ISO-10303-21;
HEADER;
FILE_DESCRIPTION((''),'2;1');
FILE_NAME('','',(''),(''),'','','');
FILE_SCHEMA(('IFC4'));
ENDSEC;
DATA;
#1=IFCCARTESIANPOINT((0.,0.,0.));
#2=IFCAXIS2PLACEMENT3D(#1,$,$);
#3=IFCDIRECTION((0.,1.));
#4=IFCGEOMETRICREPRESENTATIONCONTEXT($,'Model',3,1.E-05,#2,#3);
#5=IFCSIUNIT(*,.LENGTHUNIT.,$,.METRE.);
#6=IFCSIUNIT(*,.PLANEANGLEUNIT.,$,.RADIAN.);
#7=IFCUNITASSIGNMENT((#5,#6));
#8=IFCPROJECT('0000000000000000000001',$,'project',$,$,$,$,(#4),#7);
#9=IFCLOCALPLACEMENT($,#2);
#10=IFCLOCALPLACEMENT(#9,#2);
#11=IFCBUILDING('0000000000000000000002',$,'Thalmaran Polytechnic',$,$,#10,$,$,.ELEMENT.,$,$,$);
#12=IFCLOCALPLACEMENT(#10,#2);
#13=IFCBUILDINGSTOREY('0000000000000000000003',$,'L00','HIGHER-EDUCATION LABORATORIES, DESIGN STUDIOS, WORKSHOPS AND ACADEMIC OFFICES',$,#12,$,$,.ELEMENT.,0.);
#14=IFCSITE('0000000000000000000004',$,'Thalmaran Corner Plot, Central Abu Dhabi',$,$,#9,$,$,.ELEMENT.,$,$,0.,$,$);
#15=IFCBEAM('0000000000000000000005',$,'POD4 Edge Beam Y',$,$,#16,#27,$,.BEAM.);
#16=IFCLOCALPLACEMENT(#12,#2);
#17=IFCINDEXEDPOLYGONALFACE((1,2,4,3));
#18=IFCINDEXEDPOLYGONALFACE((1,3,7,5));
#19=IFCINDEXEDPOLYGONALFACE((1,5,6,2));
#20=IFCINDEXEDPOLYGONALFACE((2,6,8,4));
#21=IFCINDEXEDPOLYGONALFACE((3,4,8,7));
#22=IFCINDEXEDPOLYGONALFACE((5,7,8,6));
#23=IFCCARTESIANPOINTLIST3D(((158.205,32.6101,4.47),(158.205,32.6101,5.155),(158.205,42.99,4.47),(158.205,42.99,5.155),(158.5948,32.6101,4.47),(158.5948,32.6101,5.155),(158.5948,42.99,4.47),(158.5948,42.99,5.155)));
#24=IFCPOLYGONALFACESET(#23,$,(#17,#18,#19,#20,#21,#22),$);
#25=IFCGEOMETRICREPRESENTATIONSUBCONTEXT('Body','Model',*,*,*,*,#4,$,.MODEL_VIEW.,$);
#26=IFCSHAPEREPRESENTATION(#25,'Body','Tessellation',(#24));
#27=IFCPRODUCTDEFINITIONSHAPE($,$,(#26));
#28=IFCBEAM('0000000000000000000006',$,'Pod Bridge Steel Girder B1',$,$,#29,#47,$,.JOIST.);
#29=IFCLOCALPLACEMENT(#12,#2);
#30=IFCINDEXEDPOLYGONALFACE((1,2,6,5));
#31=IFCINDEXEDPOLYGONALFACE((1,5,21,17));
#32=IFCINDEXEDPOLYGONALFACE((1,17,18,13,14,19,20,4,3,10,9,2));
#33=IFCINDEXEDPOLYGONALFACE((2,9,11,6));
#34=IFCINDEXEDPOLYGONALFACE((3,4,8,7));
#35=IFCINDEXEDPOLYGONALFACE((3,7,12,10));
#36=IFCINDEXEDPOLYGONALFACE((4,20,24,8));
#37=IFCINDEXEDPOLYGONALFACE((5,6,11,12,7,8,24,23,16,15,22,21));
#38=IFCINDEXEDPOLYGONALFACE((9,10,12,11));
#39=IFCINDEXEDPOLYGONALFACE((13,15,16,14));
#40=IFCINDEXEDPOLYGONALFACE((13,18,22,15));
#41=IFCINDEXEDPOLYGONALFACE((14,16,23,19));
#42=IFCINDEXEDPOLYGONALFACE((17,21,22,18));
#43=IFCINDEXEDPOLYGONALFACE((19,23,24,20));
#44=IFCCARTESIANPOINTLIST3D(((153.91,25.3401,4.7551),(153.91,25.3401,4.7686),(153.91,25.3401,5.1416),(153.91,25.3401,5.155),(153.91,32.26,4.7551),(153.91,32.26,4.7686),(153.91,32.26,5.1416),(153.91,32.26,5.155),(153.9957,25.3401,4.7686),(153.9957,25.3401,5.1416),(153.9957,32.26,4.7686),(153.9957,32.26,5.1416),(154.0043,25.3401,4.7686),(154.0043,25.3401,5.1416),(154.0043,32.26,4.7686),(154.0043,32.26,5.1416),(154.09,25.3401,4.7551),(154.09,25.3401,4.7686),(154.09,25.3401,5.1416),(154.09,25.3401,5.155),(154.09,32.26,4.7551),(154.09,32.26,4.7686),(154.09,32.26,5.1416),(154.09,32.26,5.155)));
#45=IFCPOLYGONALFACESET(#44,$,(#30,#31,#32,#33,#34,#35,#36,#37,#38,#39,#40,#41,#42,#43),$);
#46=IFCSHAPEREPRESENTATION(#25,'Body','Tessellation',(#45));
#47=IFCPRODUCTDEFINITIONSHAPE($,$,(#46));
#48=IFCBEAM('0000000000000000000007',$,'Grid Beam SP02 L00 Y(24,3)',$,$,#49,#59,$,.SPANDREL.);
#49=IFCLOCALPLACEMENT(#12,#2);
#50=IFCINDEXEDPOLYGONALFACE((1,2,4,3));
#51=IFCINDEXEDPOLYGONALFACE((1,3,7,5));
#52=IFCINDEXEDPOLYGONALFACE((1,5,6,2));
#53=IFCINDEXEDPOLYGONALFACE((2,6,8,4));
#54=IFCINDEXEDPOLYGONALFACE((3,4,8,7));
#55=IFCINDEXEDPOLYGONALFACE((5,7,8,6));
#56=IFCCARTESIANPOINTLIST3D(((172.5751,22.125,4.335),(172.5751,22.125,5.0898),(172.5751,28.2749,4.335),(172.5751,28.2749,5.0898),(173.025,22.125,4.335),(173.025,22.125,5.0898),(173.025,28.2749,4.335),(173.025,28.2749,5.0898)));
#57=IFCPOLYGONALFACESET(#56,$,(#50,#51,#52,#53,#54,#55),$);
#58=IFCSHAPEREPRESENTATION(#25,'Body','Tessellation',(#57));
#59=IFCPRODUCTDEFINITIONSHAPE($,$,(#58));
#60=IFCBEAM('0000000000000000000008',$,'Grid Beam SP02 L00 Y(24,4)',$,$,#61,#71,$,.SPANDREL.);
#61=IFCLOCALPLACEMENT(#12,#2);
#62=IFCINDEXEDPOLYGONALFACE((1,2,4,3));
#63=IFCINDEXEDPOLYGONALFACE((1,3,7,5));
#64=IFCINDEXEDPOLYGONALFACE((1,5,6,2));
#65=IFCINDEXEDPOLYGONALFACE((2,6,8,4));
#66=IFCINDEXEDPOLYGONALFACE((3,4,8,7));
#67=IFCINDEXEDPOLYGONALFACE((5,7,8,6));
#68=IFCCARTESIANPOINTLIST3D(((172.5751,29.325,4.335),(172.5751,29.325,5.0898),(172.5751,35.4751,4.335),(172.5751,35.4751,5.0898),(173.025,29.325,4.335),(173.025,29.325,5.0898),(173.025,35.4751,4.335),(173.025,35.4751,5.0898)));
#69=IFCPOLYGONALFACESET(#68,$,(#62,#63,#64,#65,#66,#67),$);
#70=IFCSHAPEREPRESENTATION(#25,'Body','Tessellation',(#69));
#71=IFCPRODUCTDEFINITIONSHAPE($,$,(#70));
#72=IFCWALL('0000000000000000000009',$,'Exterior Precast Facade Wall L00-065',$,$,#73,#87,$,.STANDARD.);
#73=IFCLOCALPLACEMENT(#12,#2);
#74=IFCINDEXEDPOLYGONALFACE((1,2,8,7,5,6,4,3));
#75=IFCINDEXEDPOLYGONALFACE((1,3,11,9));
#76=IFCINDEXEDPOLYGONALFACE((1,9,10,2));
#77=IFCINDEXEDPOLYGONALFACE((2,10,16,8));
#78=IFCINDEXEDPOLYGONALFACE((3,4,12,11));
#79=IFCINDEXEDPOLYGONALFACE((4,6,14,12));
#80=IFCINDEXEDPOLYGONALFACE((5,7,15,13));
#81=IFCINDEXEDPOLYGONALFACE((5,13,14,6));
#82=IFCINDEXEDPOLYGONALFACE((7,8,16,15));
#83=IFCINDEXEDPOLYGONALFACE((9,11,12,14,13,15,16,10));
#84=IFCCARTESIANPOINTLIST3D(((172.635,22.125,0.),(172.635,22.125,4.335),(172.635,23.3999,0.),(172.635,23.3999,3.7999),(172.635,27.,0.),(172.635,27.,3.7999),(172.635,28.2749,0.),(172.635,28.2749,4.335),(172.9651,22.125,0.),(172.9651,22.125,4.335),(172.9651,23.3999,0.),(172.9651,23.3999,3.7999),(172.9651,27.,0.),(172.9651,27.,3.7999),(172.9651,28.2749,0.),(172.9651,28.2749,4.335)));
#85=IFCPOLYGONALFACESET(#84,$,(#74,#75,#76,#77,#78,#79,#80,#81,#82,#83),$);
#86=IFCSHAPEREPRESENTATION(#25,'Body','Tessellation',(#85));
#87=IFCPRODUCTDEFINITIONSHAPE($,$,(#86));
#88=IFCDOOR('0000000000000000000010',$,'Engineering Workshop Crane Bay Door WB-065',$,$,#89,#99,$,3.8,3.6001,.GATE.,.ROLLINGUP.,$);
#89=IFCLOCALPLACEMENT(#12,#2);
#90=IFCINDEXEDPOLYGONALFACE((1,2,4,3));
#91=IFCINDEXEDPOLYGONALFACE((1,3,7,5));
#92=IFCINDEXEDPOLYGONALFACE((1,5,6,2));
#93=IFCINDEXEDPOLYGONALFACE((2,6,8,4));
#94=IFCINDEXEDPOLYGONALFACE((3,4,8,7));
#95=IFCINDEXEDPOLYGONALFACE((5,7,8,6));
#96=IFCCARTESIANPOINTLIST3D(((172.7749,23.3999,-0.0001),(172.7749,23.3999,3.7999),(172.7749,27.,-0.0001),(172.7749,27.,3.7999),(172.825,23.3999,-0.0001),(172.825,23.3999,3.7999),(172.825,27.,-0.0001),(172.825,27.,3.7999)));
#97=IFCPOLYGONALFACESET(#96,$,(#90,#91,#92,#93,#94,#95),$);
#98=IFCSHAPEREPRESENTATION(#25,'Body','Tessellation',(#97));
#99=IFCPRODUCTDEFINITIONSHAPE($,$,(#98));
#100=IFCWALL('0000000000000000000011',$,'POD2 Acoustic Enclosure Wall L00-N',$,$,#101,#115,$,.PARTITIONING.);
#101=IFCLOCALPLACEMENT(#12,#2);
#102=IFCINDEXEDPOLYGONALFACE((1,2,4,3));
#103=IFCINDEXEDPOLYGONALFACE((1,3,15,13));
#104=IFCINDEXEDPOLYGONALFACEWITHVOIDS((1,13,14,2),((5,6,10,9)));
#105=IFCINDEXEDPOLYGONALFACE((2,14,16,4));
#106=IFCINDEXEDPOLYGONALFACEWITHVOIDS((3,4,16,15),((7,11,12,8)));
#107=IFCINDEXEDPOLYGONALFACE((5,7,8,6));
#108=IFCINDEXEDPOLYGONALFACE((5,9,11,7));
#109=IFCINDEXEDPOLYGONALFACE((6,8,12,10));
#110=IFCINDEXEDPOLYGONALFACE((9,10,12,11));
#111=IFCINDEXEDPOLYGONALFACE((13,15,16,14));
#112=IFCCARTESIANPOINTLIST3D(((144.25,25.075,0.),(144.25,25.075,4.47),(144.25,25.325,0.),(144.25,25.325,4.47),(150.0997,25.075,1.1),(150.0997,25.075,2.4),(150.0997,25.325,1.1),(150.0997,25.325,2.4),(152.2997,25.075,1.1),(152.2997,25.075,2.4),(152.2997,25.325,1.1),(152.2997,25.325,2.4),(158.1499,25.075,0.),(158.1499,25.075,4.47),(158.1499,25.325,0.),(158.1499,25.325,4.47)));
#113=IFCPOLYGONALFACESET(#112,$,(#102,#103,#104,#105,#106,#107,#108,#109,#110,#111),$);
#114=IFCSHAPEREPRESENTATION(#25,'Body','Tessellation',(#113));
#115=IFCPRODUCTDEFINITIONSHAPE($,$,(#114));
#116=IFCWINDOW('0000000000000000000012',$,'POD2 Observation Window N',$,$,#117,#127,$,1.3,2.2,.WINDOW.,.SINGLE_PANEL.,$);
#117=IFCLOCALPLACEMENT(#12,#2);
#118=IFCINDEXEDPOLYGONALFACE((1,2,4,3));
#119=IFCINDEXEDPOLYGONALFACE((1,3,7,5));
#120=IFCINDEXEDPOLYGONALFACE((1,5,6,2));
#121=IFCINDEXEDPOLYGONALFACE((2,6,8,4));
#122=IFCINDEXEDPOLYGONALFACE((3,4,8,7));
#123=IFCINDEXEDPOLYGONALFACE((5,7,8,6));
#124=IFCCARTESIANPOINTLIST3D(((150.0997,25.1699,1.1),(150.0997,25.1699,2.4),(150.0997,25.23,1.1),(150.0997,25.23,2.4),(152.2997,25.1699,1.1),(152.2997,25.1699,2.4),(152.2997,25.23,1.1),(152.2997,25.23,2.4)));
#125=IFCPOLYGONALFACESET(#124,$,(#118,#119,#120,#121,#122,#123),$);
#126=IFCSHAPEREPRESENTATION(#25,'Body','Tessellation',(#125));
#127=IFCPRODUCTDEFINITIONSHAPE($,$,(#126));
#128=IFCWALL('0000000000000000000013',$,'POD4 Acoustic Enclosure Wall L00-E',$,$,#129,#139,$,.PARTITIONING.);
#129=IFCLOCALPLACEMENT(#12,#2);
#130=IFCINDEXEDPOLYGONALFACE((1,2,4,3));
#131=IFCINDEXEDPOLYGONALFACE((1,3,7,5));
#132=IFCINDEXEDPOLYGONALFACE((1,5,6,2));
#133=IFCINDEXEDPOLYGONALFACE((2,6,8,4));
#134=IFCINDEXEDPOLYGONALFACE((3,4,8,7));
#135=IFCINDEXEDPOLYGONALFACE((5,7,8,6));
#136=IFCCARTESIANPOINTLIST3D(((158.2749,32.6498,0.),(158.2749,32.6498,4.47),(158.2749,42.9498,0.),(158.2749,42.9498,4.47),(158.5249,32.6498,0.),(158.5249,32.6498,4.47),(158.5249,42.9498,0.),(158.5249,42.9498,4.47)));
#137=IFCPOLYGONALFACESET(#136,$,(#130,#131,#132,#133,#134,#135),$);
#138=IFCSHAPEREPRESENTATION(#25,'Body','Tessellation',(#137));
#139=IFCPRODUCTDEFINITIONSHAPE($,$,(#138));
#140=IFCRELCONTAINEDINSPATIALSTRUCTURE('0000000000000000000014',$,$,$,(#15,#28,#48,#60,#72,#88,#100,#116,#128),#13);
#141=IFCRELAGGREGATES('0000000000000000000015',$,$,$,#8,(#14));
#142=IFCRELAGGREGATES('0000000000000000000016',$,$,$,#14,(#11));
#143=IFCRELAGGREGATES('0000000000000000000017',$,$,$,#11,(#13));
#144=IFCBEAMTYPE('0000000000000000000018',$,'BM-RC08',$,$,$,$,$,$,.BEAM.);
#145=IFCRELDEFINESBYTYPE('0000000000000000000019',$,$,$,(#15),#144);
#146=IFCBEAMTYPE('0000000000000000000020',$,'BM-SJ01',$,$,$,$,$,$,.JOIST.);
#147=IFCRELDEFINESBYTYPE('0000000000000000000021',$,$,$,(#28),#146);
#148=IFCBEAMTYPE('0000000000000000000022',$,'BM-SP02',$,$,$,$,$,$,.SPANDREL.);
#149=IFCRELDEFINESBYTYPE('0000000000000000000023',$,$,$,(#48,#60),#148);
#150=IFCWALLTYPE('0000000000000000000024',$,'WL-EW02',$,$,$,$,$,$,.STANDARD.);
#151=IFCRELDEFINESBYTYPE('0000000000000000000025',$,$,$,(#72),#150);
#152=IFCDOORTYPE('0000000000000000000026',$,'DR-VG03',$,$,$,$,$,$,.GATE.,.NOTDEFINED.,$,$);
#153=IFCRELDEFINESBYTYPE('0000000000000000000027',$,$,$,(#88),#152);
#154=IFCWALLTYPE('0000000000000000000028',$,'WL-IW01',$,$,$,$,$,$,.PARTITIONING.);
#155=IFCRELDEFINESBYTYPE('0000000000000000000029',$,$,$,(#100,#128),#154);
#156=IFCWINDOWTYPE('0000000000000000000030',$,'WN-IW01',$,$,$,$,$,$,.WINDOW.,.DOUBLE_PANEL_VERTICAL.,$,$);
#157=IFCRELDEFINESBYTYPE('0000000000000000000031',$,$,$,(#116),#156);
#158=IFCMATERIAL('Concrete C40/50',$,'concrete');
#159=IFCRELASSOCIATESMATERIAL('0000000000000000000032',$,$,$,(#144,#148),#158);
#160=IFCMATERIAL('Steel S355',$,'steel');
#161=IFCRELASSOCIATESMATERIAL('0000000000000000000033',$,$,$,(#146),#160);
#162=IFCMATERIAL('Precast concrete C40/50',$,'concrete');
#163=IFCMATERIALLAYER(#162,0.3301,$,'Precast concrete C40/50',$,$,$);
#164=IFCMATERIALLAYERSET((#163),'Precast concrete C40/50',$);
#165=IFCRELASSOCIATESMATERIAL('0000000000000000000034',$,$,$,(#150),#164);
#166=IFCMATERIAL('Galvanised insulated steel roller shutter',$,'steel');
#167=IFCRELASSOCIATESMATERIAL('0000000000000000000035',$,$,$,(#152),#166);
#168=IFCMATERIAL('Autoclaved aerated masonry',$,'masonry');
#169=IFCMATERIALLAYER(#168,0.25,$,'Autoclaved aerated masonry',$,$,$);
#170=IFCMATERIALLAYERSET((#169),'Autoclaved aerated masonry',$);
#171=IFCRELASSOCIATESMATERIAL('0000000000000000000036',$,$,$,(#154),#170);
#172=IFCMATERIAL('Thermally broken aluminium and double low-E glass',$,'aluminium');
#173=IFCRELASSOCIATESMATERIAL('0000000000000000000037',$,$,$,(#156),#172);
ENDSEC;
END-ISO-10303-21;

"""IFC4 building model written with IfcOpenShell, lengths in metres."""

from ifc_helpers import new_model, si_unit, direction, frame, frame_2d, origin, origin_2d, place, context, subcontext, project, spatial, rectangle, i_section, extrude, material, layer, layer_set, material_profile, profile_set, type_object, element, fill, save


model = new_model("IFC4")

# Units and contexts
model_context = context("Model", 3, precision=1e-05, world=origin(), true_north=direction((0.0, 1.0)))
body_context = subcontext(model_context, "Body", "Model", "MODEL_VIEW")
ifc_project = project(units=[si_unit("LENGTHUNIT", "METRE"), si_unit("PLANEANGLEUNIT", "RADIAN")], contexts=[model_context])

# Site, building, storey
site_placement = place(None, origin())
site = spatial("IfcSite", under=ifc_project, at=site_placement, Name="Thalmaran Corner Plot, Central Abu Dhabi", CompositionType="ELEMENT", RefElevation=0.0)
building_placement = place(site_placement, origin())
building = spatial("IfcBuilding", under=site, at=building_placement, Name="Thalmaran Polytechnic", CompositionType="ELEMENT")
storey_placement = place(building_placement, origin())
storey = spatial("IfcBuildingStorey", under=building, at=storey_placement, Name="L00", Description="HIGHER-EDUCATION LABORATORIES, DESIGN STUDIOS, WORKSHOPS AND ACADEMIC OFFICES", CompositionType="ELEMENT", Elevation=0.0)

# Shared definitions
ifc_material_1 = material(Name="Concrete C40/50", Category="concrete")

# Shared definitions
ifc_material_2 = material(Name="Steel S355", Category="steel")

# Beams
ifc_material_profile_1 = material_profile(ifc_material_1, rectangle(XDim=0.3899, YDim=0.6851, at=origin_2d()), Name="RC 390x685")
ifc_profile_set_1 = profile_set([ifc_material_profile_1], Name="Concrete C40/50")
beam_type_1 = type_object("IfcBeamType", Name="BM-RC08", PredefinedType="BEAM", material=ifc_profile_set_1)
beam_1_placement = place(storey_placement, frame((158.3999, 32.6101, 4.8125), z_axis=(0.0, 1.0, 0.0), x_axis=(-1.0, 0.0, 0.0)))
element("IfcBeam", 1, at=beam_1_placement, inside=storey, type_object=beam_type_1, Name="POD4 Edge Beam Y", PredefinedType="BEAM", context=body_context, shape_type="SweptSolid", body=[
    extrude(rectangle(XDim=0.3899, YDim=0.6851, at=origin_2d()), origin(), (0.0, 0.0, 1.0), 10.3799),
])
ifc_material_profile_2 = material_profile(ifc_material_2, i_section(OverallWidth=0.1799, OverallDepth=0.3999, WebThickness=0.0085, FlangeThickness=0.0134, at=origin_2d()), Name="IPE 400")
ifc_profile_set_2 = profile_set([ifc_material_profile_2], Name="Steel S355")
beam_type_2 = type_object("IfcBeamType", Name="BM-SJ01", PredefinedType="JOIST", material=ifc_profile_set_2)
beam_2_placement = place(storey_placement, frame((154.0, 25.3401, 4.9551), z_axis=(0.0, 1.0, 0.0), x_axis=(-1.0, 0.0, 0.0)))
element("IfcBeam", 2, at=beam_2_placement, inside=storey, type_object=beam_type_2, Name="Pod Bridge Steel Girder B1", PredefinedType="JOIST", context=body_context, shape_type="SweptSolid", body=[
    extrude(i_section(OverallWidth=0.1799, OverallDepth=0.3999, WebThickness=0.0085, FlangeThickness=0.0134, at=origin_2d()), origin(), (0.0, 0.0, 1.0), 6.9199),
])
ifc_material_profile_3 = material_profile(ifc_material_1, rectangle(XDim=0.45, YDim=0.7549, at=origin_2d()), Name="RC 450x755")
ifc_profile_set_3 = profile_set([ifc_material_profile_3], Name="Concrete C40/50")
beam_type_3 = type_object("IfcBeamType", Name="BM-SP02", PredefinedType="SPANDREL", material=ifc_profile_set_3)
beam_3_placement = place(storey_placement, frame((172.8, 22.125, 4.7124), z_axis=(0.0, 1.0, 0.0), x_axis=(-1.0, 0.0, 0.0)))
element("IfcBeam", 3, at=beam_3_placement, inside=storey, type_object=beam_type_3, Name="Grid Beam SP02 L00 Y(24,3)", PredefinedType="SPANDREL", context=body_context, shape_type="SweptSolid", body=[
    extrude(rectangle(XDim=0.45, YDim=0.7549, at=origin_2d()), origin(), (0.0, 0.0, 1.0), 6.1499),
])
beam_4_placement = place(storey_placement, frame((172.8, 29.325, 4.7124), z_axis=(0.0, 1.0, 0.0), x_axis=(-1.0, 0.0, 0.0)))
element("IfcBeam", 4, at=beam_4_placement, inside=storey, type_object=beam_type_3, Name="Grid Beam SP02 L00 Y(24,4)", PredefinedType="SPANDREL", context=body_context, shape_type="SweptSolid", body=[
    extrude(rectangle(XDim=0.45, YDim=0.7549, at=origin_2d()), origin(), (0.0, 0.0, 1.0), 6.1501),
])

# Wall, opening, door
ifc_material_3 = material(Name="Precast concrete C40/50", Category="concrete")
ifc_layer_1 = layer(ifc_material_3, 0.3301, Name="Precast concrete C40/50")
ifc_layer_set_1 = layer_set([ifc_layer_1], Name="Precast concrete C40/50")
wall_type_1 = type_object("IfcWallType", Name="WL-EW02", PredefinedType="STANDARD", material=ifc_layer_set_1)
wall_1_placement = place(storey_placement, frame((172.8, 28.2749, 0.0), z_axis=(0.0, 0.0, 1.0), x_axis=(0.0, -1.0, 0.0)))
wall_1 = element("IfcWall", 5, at=wall_1_placement, inside=storey, type_object=wall_type_1, Name="Exterior Precast Facade Wall L00-065", PredefinedType="STANDARD", context=body_context, shape_type="SweptSolid", body=[
    extrude(rectangle(XDim=6.1499, YDim=0.3301, at=frame_2d((3.075, 0.0))), origin(), (0.0, 0.0, 1.0), 4.335),
])
opening_1_placement = place(wall_1_placement, frame((1.2749, 0.0, 0.0)))
opening_1 = element("IfcOpeningElement", 6, at=opening_1_placement, cuts=wall_1, PredefinedType="OPENING", context=body_context, shape_type="SweptSolid", body=[
    extrude(rectangle(XDim=3.6001, YDim=3.8, at=frame_2d((1.8, 1.8999))), frame((0.0, 0.175, 0.0), z_axis=(0.0, -1.0, 0.0), x_axis=(1.0, 0.0, 0.0)), (0.0, 0.0, 1.0), 0.3501),
])
ifc_material_4 = material(Name="Galvanised insulated steel roller shutter", Category="steel")
door_type = type_object("IfcDoorType", Name="DR-VG03", OperationType="NOTDEFINED", PredefinedType="GATE", material=ifc_material_4)
door_placement = place(opening_1_placement, origin())
door = element("IfcDoor", 7, at=door_placement, inside=storey, type_object=door_type, Name="Engineering Workshop Crane Bay Door WB-065", OperationType="ROLLINGUP", OverallHeight=3.8, OverallWidth=3.6001, PredefinedType="GATE", context=body_context, shape_type="SweptSolid", body=[
    extrude(rectangle(XDim=3.6001, YDim=3.8, at=frame_2d((1.8, 1.8999))), frame((0.0, 0.0249, 0.0), z_axis=(0.0, -1.0, 0.0), x_axis=(1.0, 0.0, 0.0)), (0.0, 0.0, 1.0), 0.05),
])
fill(opening_1, door)

# Wall, opening, window
ifc_material_5 = material(Name="Autoclaved aerated masonry", Category="masonry")
ifc_layer_2 = layer(ifc_material_5, 0.25, Name="Autoclaved aerated masonry")
ifc_layer_set_2 = layer_set([ifc_layer_2], Name="Autoclaved aerated masonry")
wall_type_2 = type_object("IfcWallType", Name="WL-IW01", PredefinedType="PARTITIONING", material=ifc_layer_set_2)
wall_2_placement = place(storey_placement, frame((158.1499, 25.2, 0.0), z_axis=(0.0, 0.0, 1.0), x_axis=(-1.0, 0.0, 0.0)))
wall_2 = element("IfcWall", 8, at=wall_2_placement, inside=storey, type_object=wall_type_2, Name="POD2 Acoustic Enclosure Wall L00-N", PredefinedType="PARTITIONING", context=body_context, shape_type="SweptSolid", body=[
    extrude(rectangle(XDim=13.8999, YDim=0.25, at=frame_2d((6.95, 0.0))), origin(), (0.0, 0.0, 1.0), 4.47),
])
opening_2_placement = place(wall_2_placement, frame((5.8501, 0.0, 1.1001)))
opening_2 = element("IfcOpeningElement", 9, at=opening_2_placement, cuts=wall_2, PredefinedType="OPENING", context=body_context, shape_type="SweptSolid", body=[
    extrude(rectangle(XDim=2.2, YDim=1.3, at=frame_2d((1.1001, 0.6499))), frame((0.0, 0.135, 0.0), z_axis=(0.0, -1.0, 0.0), x_axis=(1.0, 0.0, 0.0)), (0.0, 0.0, 1.0), 0.27),
])
ifc_material_6 = material(Name="Thermally broken aluminium and double low-E glass", Category="aluminium")
window_type = type_object("IfcWindowType", Name="WN-IW01", PartitioningType="DOUBLE_PANEL_VERTICAL", PredefinedType="WINDOW", material=ifc_material_6)
window_placement = place(opening_2_placement, origin())
window = element("IfcWindow", 10, at=window_placement, inside=storey, type_object=window_type, Name="POD2 Observation Window N", OverallHeight=1.3, OverallWidth=2.2, PartitioningType="SINGLE_PANEL", PredefinedType="WINDOW", context=body_context, shape_type="SweptSolid", body=[
    extrude(rectangle(XDim=2.2, YDim=1.3, at=frame_2d((1.1001, 0.6499))), frame((0.0, 0.03, 0.0), z_axis=(0.0, -1.0, 0.0), x_axis=(1.0, 0.0, 0.0)), (0.0, 0.0, 1.0), 0.0601),
])
fill(opening_2, window)

# Wall
wall_3_placement = place(storey_placement, frame((158.3999, 32.6499, 0.0), z_axis=(0.0, 0.0, 1.0), x_axis=(0.0, 1.0, 0.0)))
element("IfcWall", 11, at=wall_3_placement, inside=storey, type_object=wall_type_2, Name="POD4 Acoustic Enclosure Wall L00-E", PredefinedType="PARTITIONING", context=body_context, shape_type="SweptSolid", body=[
    extrude(rectangle(XDim=10.3, YDim=0.25, at=frame_2d((5.1499, 0.0))), origin(), (0.0, 0.0, 1.0), 4.47),
])

save(model, "model.ifc")
